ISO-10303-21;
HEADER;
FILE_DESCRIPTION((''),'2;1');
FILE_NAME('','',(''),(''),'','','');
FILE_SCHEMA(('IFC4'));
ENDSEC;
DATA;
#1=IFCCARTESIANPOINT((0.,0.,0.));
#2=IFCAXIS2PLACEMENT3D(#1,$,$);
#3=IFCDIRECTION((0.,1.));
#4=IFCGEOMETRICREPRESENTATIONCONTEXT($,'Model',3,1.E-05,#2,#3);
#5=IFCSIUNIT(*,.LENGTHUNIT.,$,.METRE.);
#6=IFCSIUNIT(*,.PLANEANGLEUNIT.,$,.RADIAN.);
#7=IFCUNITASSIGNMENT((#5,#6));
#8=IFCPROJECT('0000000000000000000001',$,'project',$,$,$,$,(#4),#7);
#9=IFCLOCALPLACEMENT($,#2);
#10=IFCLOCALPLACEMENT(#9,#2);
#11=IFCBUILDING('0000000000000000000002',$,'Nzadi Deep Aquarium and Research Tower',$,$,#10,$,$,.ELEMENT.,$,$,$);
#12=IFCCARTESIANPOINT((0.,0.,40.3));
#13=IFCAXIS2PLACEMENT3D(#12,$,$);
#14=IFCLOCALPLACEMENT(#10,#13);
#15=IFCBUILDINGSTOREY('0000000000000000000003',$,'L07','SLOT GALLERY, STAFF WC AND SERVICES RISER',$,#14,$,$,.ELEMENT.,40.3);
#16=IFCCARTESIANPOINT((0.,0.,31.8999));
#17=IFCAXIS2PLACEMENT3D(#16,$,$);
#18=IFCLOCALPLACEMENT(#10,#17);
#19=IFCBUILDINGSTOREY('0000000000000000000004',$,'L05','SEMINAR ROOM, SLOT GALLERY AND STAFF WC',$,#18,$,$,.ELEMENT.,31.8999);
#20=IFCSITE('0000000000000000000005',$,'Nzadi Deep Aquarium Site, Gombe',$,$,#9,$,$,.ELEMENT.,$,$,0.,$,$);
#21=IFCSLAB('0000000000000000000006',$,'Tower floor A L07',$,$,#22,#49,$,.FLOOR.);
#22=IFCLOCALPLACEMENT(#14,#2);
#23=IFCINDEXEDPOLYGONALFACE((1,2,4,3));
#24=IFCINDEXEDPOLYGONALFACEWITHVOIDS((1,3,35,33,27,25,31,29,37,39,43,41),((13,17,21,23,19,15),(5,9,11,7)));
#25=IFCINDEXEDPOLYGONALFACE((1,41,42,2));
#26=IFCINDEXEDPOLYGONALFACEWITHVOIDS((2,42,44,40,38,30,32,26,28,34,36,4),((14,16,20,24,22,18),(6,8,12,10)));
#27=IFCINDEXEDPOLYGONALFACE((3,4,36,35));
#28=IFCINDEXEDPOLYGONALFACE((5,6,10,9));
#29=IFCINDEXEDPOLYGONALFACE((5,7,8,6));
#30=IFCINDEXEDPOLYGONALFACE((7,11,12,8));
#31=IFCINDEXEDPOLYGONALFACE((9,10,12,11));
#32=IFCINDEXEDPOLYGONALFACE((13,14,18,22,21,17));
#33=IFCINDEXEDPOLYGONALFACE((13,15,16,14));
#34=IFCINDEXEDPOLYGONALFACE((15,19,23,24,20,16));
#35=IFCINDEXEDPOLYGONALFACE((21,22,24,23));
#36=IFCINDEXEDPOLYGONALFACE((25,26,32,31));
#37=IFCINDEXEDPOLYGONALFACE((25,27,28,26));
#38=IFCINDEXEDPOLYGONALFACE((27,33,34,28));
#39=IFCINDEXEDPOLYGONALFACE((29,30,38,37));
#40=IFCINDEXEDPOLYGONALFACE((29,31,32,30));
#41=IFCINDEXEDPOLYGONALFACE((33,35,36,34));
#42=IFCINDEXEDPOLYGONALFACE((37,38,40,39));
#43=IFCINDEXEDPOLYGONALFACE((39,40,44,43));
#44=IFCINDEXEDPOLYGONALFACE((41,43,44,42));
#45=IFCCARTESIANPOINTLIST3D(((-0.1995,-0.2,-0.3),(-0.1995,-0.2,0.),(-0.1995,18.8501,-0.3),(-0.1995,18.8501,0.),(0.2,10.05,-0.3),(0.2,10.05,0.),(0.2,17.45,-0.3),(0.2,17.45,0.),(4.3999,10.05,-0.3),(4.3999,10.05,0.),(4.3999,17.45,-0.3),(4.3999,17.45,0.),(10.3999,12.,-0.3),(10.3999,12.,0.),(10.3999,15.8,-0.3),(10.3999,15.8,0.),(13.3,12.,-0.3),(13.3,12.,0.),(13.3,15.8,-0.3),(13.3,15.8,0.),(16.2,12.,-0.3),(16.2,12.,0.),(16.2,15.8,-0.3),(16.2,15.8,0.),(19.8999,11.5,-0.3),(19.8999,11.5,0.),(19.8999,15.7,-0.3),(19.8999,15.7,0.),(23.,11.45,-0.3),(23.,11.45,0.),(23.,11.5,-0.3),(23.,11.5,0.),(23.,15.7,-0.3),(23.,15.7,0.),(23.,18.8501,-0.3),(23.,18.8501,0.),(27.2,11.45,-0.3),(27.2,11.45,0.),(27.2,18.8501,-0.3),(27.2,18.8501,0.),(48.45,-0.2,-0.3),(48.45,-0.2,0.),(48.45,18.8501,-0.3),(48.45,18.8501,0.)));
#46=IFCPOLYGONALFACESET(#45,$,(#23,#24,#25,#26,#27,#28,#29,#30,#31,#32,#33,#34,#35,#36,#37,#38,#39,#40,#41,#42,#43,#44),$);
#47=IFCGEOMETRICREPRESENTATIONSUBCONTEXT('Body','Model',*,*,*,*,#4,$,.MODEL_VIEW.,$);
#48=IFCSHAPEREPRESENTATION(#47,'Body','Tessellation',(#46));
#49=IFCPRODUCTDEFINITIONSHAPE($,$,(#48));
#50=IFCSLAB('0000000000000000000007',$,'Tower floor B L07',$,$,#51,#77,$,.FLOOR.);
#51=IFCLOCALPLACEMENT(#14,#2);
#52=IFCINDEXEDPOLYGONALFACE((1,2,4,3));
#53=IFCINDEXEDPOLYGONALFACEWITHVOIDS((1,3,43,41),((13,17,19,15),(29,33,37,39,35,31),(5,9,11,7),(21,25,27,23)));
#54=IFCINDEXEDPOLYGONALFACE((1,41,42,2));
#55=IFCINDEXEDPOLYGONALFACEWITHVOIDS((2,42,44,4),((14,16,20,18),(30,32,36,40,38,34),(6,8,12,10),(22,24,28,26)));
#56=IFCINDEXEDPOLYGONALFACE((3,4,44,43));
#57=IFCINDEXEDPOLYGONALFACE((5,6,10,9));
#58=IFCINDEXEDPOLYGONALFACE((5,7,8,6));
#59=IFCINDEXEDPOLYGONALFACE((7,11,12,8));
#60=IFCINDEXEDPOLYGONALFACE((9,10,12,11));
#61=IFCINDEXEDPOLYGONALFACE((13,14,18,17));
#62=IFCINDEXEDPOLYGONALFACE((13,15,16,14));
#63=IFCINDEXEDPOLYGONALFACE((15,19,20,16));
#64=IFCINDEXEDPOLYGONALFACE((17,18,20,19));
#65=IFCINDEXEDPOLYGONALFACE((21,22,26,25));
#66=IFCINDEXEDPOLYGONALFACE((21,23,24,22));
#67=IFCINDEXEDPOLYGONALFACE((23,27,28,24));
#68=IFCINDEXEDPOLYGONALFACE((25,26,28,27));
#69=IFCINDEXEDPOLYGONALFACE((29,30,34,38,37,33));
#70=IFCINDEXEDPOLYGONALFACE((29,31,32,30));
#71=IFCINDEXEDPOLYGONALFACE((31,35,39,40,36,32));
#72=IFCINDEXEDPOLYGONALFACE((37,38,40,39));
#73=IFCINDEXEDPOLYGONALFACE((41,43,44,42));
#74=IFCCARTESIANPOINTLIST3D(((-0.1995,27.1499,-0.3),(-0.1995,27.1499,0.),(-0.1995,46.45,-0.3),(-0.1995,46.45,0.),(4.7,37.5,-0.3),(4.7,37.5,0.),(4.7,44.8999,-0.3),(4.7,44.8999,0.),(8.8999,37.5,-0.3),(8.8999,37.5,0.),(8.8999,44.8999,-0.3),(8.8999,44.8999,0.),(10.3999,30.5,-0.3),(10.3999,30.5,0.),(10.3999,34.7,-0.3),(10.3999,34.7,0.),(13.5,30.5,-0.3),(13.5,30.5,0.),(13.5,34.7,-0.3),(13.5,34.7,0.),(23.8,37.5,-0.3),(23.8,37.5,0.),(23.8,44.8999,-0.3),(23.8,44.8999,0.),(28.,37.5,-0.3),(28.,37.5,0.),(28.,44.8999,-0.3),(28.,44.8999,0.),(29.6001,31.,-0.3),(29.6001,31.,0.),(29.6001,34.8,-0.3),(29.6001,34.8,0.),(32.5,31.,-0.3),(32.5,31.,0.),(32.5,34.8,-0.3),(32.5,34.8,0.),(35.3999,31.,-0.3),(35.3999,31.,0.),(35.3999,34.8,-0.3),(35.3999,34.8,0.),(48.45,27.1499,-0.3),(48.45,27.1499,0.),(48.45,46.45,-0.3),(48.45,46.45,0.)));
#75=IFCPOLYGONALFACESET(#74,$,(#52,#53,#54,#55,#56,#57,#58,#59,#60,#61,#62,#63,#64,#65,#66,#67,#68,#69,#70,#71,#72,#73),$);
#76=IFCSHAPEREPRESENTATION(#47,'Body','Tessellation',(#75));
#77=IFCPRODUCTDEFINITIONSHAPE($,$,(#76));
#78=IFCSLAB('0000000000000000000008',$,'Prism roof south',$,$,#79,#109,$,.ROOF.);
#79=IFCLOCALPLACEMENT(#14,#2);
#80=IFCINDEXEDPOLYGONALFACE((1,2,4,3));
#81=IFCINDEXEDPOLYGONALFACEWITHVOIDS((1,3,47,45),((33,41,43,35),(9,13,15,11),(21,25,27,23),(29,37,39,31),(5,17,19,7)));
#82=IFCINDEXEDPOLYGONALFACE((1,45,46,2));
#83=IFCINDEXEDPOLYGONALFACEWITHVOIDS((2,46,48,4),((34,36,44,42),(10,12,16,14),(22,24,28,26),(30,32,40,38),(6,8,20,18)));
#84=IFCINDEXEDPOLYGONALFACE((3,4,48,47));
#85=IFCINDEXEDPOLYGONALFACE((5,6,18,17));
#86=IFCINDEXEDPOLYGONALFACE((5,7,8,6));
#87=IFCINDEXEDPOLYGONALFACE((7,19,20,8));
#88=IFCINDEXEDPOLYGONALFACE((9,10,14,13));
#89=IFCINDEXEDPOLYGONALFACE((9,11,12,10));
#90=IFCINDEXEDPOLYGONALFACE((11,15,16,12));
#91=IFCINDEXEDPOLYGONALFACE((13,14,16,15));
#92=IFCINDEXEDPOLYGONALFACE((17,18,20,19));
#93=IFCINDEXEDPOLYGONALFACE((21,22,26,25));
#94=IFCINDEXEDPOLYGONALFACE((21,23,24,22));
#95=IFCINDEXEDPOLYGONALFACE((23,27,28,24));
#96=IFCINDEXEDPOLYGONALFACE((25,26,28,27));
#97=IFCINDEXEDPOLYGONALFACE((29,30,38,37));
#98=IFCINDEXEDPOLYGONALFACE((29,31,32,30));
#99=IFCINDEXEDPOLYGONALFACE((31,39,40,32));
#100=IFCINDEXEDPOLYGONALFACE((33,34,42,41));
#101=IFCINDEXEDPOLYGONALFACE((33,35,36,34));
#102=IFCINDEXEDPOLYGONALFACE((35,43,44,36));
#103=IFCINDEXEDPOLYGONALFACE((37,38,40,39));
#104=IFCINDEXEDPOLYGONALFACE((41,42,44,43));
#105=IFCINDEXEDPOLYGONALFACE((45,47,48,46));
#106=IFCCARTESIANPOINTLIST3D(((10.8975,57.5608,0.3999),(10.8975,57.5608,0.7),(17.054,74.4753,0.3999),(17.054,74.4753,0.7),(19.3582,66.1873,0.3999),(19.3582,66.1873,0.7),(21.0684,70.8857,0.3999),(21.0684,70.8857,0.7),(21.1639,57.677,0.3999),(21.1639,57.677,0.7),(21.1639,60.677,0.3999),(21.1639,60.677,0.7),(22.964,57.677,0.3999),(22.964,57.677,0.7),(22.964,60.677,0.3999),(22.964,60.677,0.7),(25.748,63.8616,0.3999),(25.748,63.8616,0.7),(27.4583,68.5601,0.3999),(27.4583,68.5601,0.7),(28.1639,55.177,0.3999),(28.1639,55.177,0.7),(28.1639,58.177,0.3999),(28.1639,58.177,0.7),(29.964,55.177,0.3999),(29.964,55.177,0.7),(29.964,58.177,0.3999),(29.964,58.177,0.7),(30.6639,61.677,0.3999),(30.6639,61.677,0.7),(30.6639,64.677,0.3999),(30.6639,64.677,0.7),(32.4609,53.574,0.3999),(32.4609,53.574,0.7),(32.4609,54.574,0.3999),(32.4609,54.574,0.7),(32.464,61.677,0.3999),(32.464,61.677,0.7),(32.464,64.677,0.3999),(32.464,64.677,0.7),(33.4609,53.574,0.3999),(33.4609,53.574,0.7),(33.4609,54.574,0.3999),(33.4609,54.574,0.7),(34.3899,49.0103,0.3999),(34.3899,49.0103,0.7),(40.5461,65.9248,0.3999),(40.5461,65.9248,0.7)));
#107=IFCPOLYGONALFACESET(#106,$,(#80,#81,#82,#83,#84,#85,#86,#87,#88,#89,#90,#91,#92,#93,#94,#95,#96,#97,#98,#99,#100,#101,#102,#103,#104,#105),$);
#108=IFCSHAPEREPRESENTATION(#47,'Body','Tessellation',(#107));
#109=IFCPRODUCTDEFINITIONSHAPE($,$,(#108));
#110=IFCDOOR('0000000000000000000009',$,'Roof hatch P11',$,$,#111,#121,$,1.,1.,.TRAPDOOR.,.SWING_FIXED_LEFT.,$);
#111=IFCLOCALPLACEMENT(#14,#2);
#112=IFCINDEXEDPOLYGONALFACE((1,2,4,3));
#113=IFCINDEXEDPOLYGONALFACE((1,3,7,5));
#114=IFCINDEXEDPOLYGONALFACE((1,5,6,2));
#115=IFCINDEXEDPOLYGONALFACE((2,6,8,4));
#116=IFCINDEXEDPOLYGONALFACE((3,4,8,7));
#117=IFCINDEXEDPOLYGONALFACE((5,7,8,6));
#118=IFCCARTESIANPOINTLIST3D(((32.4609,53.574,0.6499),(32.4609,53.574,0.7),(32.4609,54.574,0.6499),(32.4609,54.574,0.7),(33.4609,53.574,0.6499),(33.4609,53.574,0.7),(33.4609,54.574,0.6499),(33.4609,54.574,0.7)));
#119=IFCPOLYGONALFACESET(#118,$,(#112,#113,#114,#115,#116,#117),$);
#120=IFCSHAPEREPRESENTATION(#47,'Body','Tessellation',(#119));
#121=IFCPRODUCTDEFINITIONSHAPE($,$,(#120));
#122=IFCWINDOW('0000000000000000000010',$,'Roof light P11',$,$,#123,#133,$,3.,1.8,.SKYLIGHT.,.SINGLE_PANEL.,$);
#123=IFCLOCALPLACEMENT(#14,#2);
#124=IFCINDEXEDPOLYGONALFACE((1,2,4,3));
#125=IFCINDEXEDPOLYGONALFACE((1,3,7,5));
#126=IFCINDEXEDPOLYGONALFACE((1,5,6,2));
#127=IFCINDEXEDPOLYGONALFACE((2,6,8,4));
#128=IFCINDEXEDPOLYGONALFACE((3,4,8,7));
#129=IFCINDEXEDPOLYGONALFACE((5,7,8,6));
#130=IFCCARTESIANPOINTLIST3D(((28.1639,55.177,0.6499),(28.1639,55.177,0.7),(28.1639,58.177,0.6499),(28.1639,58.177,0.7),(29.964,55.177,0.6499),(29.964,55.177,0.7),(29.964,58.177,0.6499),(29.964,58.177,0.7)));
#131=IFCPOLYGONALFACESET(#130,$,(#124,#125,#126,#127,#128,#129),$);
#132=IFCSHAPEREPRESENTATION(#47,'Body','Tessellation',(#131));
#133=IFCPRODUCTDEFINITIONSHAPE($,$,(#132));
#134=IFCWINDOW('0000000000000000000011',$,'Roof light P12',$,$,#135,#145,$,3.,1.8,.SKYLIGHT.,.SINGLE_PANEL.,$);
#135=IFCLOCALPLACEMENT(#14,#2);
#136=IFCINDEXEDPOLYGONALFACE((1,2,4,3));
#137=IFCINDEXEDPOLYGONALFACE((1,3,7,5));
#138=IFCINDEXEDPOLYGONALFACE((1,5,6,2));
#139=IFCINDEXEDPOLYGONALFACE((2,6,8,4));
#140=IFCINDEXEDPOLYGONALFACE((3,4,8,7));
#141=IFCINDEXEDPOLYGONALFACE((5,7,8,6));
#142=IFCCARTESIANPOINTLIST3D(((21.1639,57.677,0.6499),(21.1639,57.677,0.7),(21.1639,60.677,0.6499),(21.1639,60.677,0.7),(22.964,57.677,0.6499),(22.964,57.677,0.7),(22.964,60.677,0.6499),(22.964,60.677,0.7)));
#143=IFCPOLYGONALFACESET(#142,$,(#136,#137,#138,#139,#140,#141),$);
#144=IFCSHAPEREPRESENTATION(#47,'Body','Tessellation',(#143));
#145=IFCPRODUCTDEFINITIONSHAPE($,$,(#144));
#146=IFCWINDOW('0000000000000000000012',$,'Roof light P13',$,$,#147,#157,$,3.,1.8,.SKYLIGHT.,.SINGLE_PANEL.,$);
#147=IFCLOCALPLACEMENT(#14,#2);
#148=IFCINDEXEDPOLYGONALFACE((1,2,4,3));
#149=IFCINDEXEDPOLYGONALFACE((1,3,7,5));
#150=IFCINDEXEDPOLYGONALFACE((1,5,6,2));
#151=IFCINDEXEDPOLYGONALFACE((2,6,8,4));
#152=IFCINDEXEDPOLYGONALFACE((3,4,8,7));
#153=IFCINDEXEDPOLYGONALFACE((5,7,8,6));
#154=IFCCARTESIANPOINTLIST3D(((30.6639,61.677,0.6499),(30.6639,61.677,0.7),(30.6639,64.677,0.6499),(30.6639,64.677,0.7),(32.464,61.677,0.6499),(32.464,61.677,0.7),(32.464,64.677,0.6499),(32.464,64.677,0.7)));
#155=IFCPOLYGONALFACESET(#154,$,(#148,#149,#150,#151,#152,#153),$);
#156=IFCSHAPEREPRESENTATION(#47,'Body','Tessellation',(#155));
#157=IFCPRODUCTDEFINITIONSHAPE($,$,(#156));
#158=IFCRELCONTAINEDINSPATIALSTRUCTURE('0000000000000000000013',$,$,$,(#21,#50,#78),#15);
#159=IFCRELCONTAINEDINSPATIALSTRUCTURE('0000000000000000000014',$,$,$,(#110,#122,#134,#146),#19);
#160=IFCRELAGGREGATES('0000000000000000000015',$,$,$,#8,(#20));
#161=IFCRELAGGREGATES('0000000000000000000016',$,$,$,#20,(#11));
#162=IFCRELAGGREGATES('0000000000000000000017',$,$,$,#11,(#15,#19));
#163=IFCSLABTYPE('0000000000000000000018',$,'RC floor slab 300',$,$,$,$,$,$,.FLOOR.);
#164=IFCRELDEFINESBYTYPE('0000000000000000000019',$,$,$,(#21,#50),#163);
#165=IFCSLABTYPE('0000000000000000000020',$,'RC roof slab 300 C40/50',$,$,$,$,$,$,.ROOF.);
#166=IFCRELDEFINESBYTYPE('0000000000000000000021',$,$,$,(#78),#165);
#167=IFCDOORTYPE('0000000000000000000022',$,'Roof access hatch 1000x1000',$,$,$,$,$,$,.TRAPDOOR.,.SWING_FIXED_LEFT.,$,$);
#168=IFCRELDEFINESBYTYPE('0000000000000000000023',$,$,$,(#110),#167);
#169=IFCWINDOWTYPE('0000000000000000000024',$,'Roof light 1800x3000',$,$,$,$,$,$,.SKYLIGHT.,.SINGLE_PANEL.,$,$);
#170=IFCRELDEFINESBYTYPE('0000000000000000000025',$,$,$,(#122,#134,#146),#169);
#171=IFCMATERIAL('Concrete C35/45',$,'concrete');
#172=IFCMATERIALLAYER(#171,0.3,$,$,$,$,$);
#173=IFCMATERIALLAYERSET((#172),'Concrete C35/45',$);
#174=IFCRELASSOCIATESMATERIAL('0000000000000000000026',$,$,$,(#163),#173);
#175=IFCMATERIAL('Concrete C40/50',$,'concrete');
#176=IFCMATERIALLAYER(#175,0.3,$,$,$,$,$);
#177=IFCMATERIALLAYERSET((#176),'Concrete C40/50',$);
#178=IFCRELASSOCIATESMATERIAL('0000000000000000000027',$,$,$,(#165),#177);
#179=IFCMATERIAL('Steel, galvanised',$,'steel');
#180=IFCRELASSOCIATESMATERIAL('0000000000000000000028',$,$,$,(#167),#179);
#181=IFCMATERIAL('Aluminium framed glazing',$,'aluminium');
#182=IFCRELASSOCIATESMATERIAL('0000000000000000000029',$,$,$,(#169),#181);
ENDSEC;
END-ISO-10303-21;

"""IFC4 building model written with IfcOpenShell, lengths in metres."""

from ifc_helpers import new_model, si_unit, direction, frame, origin, origin_2d, place, context, subcontext, project, spatial, polyline, rectangle, outline, extrude, material, layer, layer_set, type_object, element, fill, save


model = new_model("IFC4")

# Units and contexts
model_context = context("Model", 3, precision=1e-05, world=origin(), true_north=direction((0.0, 1.0)))
body_context = subcontext(model_context, "Body", "Model", "MODEL_VIEW")
ifc_project = project(units=[si_unit("LENGTHUNIT", "METRE"), si_unit("PLANEANGLEUNIT", "RADIAN")], contexts=[model_context])

# Site, building, storey
site_placement = place(None, origin())
site = spatial("IfcSite", under=ifc_project, at=site_placement, Name="Nzadi Deep Aquarium Site, Gombe", CompositionType="ELEMENT", RefElevation=0.0)
building_placement = place(site_placement, origin())
building = spatial("IfcBuilding", under=site, at=building_placement, Name="Nzadi Deep Aquarium and Research Tower", CompositionType="ELEMENT")
storey_1_placement = place(building_placement, frame((0.0, 0.0, 40.3)))
storey_1 = spatial("IfcBuildingStorey", under=building, at=storey_1_placement, Name="L07", Description="SLOT GALLERY, STAFF WC AND SERVICES RISER", CompositionType="ELEMENT", Elevation=40.3)

# Slabs
ifc_material_1 = material(Name="Concrete C35/45", Category="concrete")
ifc_layer_1 = layer(ifc_material_1, 0.3)
ifc_layer_set_1 = layer_set([ifc_layer_1], Name="Concrete C35/45")
slab_type_1 = type_object("IfcSlabType", Name="RC floor slab 300", PredefinedType="FLOOR", material=ifc_layer_set_1)
slab_1_placement = place(storey_1_placement, frame((0.0, 0.0, -0.3)))
element("IfcSlab", 1, at=slab_1_placement, inside=storey_1, type_object=slab_type_1, Name="Tower floor A L07", PredefinedType="FLOOR", context=body_context, shape_type="SweptSolid", body=[
    extrude(outline(polyline([(27.2, 11.45), (23.0, 11.45), (23.0, 11.5), (19.8999, 11.5), (19.8999, 15.7), (23.0, 15.7), (23.0, 18.8501), (-0.1995, 18.8501), (-0.1995, -0.2), (48.45, -0.2), (48.45, 18.8501), (27.2, 18.8501), (27.2, 11.45)]), holes=[polyline([(4.3999, 17.45), (4.3999, 10.05), (0.2, 10.05), (0.2, 17.45), (4.3999, 17.45)]), polyline([(10.3999, 12.0), (10.3999, 15.8), (13.3, 15.8), (16.2, 15.8), (16.2, 12.0), (13.3, 12.0), (10.3999, 12.0)])]), origin(), (0.0, 0.0, 1.0), 0.3),
])
slab_2_placement = place(storey_1_placement, frame((0.0, 0.0, -0.3)))
element("IfcSlab", 2, at=slab_2_placement, inside=storey_1, type_object=slab_type_1, Name="Tower floor B L07", PredefinedType="FLOOR", context=body_context, shape_type="SweptSolid", body=[
    extrude(outline(polyline([(-0.1995, 27.1499), (48.45, 27.1499), (48.45, 46.45), (-0.1995, 46.45), (-0.1995, 27.1499)]), holes=[polyline([(8.8999, 44.8999), (8.8999, 37.5), (4.7, 37.5), (4.7, 44.8999), (8.8999, 44.8999)]), polyline([(28.0, 37.5), (23.8, 37.5), (23.8, 44.8999), (28.0, 44.8999), (28.0, 37.5)]), polyline([(10.3999, 30.5), (10.3999, 34.7), (13.5, 34.7), (13.5, 30.5), (10.3999, 30.5)]), polyline([(29.6001, 34.8), (32.5, 34.8), (35.3999, 34.8), (35.3999, 31.0), (32.5, 31.0), (29.6001, 31.0), (29.6001, 34.8)])]), origin(), (0.0, 0.0, 1.0), 0.3),
])

# Slab, openings
ifc_material_2 = material(Name="Concrete C40/50", Category="concrete")
ifc_layer_2 = layer(ifc_material_2, 0.3)
ifc_layer_set_2 = layer_set([ifc_layer_2], Name="Concrete C40/50")
slab_type_2 = type_object("IfcSlabType", Name="RC roof slab 300 C40/50", PredefinedType="ROOF", material=ifc_layer_set_2)
slab_3_placement = place(storey_1_placement, frame((0.0, 0.0, 0.3999)))
slab_3 = element("IfcSlab", 3, at=slab_3_placement, inside=storey_1, type_object=slab_type_2, Name="Prism roof south", PredefinedType="ROOF", context=body_context, shape_type="SweptSolid", body=[
    extrude(outline(polyline([(17.054, 74.4753), (10.8975, 57.5608), (34.3899, 49.0103), (40.5461, 65.9248), (17.054, 74.4753)]), holes=[polyline([(25.748, 63.8616), (19.3582, 66.1873), (21.0684, 70.8857), (27.4583, 68.5601), (25.748, 63.8616)])]), origin(), (0.0, 0.0, 1.0), 0.3),
])
opening_1_placement = place(slab_3_placement, frame((29.064, 56.677, 0.0)))
opening_1 = element("IfcOpeningElement", 4, at=opening_1_placement, cuts=slab_3, PredefinedType="OPENING", context=body_context, shape_type="SweptSolid", body=[
    extrude(rectangle(XDim=1.8, YDim=3.0, at=origin_2d()), origin(), (0.0, 0.0, 1.0), 0.3),
])
opening_2_placement = place(slab_3_placement, frame((22.064, 59.177, 0.0)))
opening_2 = element("IfcOpeningElement", 5, at=opening_2_placement, cuts=slab_3, PredefinedType="OPENING", context=body_context, shape_type="SweptSolid", body=[
    extrude(rectangle(XDim=1.8, YDim=3.0, at=origin_2d()), origin(), (0.0, 0.0, 1.0), 0.3),
])
opening_3_placement = place(slab_3_placement, frame((31.564, 63.177, 0.0)))
opening_3 = element("IfcOpeningElement", 6, at=opening_3_placement, cuts=slab_3, PredefinedType="OPENING", context=body_context, shape_type="SweptSolid", body=[
    extrude(rectangle(XDim=1.8, YDim=3.0, at=origin_2d()), origin(), (0.0, 0.0, 1.0), 0.3),
])
opening_4_placement = place(slab_3_placement, frame((32.9609, 54.074, 0.0)))
opening_4 = element("IfcOpeningElement", 7, at=opening_4_placement, cuts=slab_3, PredefinedType="OPENING", context=body_context, shape_type="SweptSolid", body=[
    extrude(rectangle(XDim=1.0, YDim=1.0, at=origin_2d()), origin(), (0.0, 0.0, 1.0), 0.3),
])

# Shared definitions
storey_2_placement = place(building_placement, frame((0.0, 0.0, 31.8999)))
storey_2 = spatial("IfcBuildingStorey", under=building, at=storey_2_placement, Name="L05", Description="SEMINAR ROOM, SLOT GALLERY AND STAFF WC", CompositionType="ELEMENT", Elevation=31.8999)

# Door
ifc_material_3 = material(Name="Steel, galvanised", Category="steel")
door_type = type_object("IfcDoorType", Name="Roof access hatch 1000x1000", OperationType="SWING_FIXED_LEFT", PredefinedType="TRAPDOOR", material=ifc_material_3)
door_placement = place(opening_4_placement, frame((0.0, 0.0, 0.25)))
door = element("IfcDoor", 8, at=door_placement, inside=storey_2, type_object=door_type, Name="Roof hatch P11", OperationType="SWING_FIXED_LEFT", OverallHeight=1.0, OverallWidth=1.0, PredefinedType="TRAPDOOR", context=body_context, shape_type="SweptSolid", body=[
    extrude(rectangle(XDim=1.0, YDim=1.0, at=origin_2d()), origin(), (0.0, 0.0, 1.0), 0.05),
])
fill(opening_4, door)

# Windows
ifc_material_4 = material(Name="Aluminium framed glazing", Category="aluminium")
window_type = type_object("IfcWindowType", Name="Roof light 1800x3000", PartitioningType="SINGLE_PANEL", PredefinedType="SKYLIGHT", material=ifc_material_4)
window_1_placement = place(opening_1_placement, frame((0.0, 0.0, 0.25)))
window_1 = element("IfcWindow", 9, at=window_1_placement, inside=storey_2, type_object=window_type, Name="Roof light P11", OverallHeight=3.0, OverallWidth=1.8, PartitioningType="SINGLE_PANEL", PredefinedType="SKYLIGHT", context=body_context, shape_type="SweptSolid", body=[
    extrude(rectangle(XDim=1.8, YDim=3.0, at=origin_2d()), origin(), (0.0, 0.0, 1.0), 0.05),
])
fill(opening_1, window_1)
window_2_placement = place(opening_2_placement, frame((0.0, 0.0, 0.25)))
window_2 = element("IfcWindow", 10, at=window_2_placement, inside=storey_2, type_object=window_type, Name="Roof light P12", OverallHeight=3.0, OverallWidth=1.8, PartitioningType="SINGLE_PANEL", PredefinedType="SKYLIGHT", context=body_context, shape_type="SweptSolid", body=[
    extrude(rectangle(XDim=1.8, YDim=3.0, at=origin_2d()), origin(), (0.0, 0.0, 1.0), 0.05),
])
fill(opening_2, window_2)
window_3_placement = place(opening_3_placement, frame((0.0, 0.0, 0.25)))
window_3 = element("IfcWindow", 11, at=window_3_placement, inside=storey_2, type_object=window_type, Name="Roof light P13", OverallHeight=3.0, OverallWidth=1.8, PartitioningType="SINGLE_PANEL", PredefinedType="SKYLIGHT", context=body_context, shape_type="SweptSolid", body=[
    extrude(rectangle(XDim=1.8, YDim=3.0, at=origin_2d()), origin(), (0.0, 0.0, 1.0), 0.05),
])
fill(opening_3, window_3)

save(model, "model.ifc")
